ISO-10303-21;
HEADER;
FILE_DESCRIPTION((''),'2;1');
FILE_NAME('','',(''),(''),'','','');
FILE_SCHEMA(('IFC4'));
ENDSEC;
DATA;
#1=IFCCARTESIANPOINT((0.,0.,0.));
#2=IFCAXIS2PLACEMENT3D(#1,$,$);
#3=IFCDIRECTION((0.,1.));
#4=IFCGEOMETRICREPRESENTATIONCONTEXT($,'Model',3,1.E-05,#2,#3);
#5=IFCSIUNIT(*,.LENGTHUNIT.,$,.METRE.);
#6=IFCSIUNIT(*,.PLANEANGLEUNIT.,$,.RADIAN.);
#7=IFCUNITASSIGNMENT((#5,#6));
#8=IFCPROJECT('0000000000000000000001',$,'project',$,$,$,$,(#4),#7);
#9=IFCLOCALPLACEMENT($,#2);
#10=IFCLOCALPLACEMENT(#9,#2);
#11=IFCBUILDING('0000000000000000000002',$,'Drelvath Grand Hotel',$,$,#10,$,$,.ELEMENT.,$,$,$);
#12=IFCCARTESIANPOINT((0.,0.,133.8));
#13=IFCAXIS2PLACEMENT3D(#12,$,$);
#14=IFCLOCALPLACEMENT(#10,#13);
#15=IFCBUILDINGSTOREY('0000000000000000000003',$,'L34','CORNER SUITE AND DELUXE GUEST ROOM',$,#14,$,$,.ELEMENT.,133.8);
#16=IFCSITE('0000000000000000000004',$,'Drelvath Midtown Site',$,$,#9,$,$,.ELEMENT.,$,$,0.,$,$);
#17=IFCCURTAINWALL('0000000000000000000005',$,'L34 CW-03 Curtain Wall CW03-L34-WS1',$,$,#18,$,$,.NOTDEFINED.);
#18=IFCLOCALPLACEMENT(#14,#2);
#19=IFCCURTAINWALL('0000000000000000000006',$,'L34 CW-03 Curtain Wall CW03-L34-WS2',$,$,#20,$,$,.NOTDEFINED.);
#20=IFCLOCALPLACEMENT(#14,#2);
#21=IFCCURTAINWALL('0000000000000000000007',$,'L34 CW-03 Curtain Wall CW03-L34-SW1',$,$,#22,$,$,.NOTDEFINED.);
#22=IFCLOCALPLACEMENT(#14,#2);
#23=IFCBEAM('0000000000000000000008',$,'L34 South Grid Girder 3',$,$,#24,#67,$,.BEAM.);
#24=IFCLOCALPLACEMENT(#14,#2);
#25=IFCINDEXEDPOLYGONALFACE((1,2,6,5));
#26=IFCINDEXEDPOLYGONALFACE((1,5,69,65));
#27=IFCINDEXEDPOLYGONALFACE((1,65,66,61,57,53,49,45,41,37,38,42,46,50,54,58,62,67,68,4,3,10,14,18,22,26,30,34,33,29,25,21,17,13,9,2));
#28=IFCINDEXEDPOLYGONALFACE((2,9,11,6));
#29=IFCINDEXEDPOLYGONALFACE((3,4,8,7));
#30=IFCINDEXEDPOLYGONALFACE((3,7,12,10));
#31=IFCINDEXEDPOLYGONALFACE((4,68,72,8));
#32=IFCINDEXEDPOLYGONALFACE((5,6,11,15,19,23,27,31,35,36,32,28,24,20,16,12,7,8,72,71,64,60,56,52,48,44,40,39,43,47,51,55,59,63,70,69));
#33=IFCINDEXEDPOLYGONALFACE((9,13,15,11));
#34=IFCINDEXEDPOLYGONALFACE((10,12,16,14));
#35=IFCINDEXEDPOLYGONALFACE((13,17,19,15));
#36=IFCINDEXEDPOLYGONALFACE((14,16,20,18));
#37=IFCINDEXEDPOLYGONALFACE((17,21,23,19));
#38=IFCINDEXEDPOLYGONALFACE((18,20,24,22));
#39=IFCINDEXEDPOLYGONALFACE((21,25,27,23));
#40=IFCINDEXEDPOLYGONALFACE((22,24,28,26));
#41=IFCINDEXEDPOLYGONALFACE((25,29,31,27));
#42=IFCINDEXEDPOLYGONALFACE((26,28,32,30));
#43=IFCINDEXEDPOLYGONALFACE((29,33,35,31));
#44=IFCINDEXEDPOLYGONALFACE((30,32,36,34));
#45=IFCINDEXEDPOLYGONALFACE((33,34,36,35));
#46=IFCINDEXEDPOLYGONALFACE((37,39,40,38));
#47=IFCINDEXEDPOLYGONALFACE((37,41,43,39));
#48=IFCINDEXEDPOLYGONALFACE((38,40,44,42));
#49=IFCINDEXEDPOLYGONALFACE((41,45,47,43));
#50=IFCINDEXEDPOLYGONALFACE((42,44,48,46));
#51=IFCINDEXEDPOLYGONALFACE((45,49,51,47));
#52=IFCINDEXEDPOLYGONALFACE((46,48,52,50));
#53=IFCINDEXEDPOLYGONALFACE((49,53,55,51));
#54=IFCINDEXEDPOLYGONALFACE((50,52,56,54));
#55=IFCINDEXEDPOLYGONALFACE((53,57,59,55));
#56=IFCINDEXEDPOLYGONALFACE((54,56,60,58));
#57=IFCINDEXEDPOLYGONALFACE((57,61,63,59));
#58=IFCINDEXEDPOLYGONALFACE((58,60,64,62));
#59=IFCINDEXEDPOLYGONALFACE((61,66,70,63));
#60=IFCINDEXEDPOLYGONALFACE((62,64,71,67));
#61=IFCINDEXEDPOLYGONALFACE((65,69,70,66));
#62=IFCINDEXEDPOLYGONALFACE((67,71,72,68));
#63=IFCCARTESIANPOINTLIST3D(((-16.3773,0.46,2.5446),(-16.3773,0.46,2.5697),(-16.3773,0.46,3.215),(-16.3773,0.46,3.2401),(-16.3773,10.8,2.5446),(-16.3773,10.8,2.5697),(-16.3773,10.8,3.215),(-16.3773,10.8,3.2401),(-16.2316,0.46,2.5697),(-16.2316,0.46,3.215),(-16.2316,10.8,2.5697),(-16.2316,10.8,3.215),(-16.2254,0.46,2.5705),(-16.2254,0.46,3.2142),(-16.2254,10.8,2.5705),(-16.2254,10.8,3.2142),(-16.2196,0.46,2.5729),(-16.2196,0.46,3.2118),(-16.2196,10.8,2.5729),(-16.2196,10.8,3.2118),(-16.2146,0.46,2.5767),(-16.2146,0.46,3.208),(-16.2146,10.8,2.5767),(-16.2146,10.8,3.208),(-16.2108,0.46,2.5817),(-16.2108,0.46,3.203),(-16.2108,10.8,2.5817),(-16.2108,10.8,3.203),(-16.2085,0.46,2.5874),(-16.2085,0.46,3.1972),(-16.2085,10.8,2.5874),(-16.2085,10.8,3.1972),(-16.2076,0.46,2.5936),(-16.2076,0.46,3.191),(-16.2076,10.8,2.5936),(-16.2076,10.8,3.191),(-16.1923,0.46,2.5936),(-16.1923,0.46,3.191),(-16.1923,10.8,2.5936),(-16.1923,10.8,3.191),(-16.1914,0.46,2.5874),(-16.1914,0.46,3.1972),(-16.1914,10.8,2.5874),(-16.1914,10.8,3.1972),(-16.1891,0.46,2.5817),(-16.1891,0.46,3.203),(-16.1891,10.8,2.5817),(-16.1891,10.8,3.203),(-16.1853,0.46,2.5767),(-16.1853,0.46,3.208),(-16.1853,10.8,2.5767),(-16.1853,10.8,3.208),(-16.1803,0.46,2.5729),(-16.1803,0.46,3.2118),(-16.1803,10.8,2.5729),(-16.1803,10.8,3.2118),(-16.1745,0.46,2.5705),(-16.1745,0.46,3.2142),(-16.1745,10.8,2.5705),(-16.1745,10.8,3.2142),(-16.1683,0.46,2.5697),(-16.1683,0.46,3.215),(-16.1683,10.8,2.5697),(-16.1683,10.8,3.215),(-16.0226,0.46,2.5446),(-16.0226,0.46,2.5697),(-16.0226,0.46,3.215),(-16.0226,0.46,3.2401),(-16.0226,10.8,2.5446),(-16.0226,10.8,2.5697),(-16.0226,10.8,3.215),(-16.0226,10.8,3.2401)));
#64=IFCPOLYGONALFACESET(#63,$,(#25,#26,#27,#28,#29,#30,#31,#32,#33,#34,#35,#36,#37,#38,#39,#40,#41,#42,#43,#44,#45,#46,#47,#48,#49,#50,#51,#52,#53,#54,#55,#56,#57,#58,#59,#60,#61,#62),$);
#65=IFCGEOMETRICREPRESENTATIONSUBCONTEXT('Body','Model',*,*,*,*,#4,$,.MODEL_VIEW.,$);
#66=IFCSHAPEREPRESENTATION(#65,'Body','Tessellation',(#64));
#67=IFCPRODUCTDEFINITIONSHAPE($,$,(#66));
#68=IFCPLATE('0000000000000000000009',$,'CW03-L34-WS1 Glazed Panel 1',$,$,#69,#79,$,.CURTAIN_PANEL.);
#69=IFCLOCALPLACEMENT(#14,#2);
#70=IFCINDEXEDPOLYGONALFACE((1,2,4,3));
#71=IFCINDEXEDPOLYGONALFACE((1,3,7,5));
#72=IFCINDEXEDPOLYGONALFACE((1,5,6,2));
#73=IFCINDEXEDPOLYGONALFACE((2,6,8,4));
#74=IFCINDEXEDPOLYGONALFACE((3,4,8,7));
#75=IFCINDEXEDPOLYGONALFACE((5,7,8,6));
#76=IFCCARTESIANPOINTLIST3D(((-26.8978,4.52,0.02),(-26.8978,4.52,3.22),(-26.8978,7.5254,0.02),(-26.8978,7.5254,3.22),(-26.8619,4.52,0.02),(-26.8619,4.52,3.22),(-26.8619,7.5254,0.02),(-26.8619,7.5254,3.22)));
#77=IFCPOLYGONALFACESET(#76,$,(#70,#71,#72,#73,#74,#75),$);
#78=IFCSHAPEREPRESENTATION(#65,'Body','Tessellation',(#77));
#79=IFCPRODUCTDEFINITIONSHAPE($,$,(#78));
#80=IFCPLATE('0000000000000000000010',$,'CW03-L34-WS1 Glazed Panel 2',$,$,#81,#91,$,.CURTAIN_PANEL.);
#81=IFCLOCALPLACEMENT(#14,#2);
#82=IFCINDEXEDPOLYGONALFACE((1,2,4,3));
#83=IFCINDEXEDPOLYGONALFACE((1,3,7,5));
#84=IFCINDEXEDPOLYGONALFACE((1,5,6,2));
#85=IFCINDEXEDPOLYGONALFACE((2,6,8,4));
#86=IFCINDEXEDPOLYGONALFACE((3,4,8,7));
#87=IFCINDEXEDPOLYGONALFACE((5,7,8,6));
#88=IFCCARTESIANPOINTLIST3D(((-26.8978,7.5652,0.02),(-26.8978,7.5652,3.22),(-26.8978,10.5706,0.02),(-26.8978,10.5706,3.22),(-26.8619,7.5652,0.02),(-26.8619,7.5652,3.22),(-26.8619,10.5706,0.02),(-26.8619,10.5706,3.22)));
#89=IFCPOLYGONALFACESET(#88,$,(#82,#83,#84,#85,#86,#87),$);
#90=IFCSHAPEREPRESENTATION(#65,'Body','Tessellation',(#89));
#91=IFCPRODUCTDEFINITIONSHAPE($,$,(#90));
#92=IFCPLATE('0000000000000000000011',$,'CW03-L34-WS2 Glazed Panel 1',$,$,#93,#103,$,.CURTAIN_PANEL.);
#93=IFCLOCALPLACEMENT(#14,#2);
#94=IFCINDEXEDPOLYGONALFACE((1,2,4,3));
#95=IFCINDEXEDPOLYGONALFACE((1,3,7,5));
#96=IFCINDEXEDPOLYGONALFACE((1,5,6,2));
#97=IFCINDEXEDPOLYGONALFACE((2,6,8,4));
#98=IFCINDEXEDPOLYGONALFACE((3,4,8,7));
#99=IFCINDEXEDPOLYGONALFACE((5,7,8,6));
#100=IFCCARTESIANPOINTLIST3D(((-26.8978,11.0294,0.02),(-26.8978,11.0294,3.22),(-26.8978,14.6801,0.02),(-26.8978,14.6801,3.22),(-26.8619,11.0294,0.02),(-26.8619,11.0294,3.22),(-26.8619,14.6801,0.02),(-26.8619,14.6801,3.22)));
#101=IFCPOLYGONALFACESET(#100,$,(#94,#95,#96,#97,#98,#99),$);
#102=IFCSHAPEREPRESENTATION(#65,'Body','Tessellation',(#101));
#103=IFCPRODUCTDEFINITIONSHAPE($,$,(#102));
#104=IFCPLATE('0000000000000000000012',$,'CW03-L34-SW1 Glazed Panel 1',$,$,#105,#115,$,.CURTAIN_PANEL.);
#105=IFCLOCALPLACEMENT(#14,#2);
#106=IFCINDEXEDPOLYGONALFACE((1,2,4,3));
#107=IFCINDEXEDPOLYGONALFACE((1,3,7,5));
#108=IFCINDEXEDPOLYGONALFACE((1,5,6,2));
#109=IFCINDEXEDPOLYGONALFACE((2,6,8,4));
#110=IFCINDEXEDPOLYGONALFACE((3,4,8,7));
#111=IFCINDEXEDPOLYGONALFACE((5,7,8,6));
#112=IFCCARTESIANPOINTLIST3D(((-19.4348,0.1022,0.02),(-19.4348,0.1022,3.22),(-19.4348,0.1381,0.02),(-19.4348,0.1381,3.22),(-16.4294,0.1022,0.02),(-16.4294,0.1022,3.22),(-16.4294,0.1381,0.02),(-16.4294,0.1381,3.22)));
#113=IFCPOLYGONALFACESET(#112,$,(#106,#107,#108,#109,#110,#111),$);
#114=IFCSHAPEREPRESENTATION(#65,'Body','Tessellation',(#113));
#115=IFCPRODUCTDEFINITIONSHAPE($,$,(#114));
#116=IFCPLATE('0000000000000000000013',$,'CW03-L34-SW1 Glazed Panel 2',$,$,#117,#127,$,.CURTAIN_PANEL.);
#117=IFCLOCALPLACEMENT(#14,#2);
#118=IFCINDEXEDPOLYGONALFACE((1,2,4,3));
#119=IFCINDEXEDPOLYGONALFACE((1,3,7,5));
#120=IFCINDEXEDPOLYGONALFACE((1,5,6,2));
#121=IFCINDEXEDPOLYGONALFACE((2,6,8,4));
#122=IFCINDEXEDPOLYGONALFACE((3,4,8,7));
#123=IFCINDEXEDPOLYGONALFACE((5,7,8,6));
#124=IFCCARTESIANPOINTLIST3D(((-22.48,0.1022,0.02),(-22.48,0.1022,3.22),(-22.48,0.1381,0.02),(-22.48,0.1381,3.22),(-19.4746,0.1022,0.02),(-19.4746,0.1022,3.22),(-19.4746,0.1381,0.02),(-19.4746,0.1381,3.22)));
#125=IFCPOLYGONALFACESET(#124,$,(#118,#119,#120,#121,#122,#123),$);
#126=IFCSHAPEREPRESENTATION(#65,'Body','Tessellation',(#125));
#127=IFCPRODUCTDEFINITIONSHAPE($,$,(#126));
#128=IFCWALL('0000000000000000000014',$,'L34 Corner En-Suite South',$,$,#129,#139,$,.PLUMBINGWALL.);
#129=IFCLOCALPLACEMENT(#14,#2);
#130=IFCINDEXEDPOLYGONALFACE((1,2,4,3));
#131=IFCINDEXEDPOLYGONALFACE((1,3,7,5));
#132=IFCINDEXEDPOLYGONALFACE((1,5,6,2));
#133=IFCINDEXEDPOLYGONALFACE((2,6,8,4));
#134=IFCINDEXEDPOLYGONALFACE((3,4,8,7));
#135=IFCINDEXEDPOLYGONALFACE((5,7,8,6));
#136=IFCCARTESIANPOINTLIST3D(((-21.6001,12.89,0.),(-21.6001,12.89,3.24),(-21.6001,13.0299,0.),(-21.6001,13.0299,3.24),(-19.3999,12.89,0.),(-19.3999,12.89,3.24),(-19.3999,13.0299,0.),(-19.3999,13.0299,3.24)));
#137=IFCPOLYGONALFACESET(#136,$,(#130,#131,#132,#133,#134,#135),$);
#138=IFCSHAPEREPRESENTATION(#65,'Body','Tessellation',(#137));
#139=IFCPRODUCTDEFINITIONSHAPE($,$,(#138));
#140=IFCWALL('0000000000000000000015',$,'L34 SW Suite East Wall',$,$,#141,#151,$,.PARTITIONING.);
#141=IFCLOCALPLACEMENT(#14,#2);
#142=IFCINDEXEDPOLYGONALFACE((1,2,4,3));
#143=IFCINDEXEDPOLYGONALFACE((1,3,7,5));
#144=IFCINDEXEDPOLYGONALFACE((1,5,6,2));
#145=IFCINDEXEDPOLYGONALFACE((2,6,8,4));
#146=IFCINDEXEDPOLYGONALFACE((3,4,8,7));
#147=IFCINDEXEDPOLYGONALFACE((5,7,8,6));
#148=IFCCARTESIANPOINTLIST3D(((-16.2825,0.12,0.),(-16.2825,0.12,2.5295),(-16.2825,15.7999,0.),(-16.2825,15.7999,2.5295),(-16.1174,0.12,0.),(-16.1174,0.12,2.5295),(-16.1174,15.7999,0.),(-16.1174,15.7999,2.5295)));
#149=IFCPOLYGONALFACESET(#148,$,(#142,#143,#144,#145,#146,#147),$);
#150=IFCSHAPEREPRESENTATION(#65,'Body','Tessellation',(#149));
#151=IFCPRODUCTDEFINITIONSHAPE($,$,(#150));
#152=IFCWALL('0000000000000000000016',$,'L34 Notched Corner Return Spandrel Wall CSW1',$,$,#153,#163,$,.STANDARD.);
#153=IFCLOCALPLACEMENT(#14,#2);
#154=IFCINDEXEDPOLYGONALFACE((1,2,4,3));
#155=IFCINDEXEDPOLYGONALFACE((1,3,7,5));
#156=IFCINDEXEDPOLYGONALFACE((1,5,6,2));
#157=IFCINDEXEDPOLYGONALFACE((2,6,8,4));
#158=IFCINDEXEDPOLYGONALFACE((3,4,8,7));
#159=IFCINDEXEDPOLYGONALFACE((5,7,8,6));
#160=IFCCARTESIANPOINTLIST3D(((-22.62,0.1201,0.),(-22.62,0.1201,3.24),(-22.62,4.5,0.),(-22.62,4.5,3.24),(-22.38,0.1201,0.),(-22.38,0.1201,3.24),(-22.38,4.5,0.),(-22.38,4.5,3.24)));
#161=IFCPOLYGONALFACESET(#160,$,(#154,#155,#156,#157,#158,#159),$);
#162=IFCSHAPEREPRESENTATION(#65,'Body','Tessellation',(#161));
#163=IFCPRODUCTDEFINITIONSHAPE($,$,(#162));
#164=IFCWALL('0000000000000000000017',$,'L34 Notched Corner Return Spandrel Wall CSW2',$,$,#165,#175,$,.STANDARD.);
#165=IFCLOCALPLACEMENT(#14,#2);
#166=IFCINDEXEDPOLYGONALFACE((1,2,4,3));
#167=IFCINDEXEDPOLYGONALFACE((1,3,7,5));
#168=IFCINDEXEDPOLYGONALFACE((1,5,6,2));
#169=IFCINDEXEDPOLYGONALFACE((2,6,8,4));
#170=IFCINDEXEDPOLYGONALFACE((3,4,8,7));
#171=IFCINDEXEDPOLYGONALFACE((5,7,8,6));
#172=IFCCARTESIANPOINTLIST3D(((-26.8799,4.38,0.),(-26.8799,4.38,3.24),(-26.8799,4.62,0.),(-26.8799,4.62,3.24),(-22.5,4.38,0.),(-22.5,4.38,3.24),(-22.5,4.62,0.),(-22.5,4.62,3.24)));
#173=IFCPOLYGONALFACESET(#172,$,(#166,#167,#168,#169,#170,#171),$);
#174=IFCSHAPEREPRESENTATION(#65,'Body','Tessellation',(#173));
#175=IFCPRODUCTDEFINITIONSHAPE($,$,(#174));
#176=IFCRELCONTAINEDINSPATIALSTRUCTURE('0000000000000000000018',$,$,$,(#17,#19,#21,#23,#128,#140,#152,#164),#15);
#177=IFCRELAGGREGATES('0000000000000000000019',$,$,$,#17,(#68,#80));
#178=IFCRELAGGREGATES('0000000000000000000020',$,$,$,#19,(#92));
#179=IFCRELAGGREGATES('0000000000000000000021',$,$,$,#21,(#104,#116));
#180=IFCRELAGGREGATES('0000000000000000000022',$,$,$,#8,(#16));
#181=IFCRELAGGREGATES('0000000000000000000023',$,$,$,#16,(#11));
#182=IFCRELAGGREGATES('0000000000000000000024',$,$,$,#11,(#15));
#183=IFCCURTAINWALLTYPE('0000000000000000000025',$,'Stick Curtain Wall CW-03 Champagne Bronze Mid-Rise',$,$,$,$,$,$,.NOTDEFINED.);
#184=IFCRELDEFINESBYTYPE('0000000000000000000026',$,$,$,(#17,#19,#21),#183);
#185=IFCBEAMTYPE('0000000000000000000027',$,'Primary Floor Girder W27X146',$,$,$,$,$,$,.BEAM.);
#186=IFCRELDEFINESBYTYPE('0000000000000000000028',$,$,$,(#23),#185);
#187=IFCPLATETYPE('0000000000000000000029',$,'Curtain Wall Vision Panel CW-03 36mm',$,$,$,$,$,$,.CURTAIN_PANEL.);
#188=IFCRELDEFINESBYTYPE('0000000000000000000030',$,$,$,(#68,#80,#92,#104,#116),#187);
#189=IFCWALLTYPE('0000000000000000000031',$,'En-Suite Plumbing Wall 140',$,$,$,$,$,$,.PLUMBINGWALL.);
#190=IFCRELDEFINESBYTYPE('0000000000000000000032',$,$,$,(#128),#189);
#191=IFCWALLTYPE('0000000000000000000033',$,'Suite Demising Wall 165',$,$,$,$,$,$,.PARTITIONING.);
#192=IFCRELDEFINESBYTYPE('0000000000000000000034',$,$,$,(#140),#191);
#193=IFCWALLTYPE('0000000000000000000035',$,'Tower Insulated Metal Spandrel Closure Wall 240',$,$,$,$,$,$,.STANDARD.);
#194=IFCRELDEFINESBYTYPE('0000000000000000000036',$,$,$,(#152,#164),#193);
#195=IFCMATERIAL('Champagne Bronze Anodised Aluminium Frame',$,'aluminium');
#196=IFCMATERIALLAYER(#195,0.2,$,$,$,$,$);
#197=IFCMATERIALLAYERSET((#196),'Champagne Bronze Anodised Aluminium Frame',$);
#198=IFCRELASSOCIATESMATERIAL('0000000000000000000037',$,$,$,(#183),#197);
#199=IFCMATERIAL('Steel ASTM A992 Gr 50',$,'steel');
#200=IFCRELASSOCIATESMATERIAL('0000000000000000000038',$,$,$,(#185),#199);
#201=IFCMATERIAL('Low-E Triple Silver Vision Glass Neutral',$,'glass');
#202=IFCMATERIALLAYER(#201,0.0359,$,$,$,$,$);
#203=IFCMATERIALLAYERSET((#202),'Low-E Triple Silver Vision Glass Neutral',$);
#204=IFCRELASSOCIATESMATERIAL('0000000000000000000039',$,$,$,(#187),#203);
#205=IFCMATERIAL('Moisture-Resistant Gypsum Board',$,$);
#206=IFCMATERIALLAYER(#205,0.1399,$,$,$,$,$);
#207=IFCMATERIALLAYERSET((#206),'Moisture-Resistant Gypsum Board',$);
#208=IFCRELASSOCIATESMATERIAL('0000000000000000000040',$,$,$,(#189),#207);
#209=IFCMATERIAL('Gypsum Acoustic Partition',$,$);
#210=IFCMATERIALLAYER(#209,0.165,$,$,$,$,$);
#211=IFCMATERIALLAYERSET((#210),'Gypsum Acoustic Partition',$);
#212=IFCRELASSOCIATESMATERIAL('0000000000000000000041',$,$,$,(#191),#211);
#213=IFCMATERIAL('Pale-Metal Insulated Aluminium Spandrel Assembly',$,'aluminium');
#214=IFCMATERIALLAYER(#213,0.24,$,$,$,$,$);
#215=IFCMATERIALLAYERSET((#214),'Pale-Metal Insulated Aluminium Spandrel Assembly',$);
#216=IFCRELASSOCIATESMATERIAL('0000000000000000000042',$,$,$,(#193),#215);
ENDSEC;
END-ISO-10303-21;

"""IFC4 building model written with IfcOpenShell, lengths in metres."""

from ifc_helpers import new_model, si_unit, direction, frame, frame_2d, origin, origin_2d, place, context, subcontext, project, spatial, rectangle, i_section, extrude, material, layer, layer_set, material_profile, profile_set, type_object, element, aggregate, save


model = new_model("IFC4")

# Units and contexts
model_context = context("Model", 3, precision=1e-05, world=origin(), true_north=direction((0.0, 1.0)))
body_context = subcontext(model_context, "Body", "Model", "MODEL_VIEW")
ifc_project = project(units=[si_unit("LENGTHUNIT", "METRE"), si_unit("PLANEANGLEUNIT", "RADIAN")], contexts=[model_context])

# Site, building, storey
site_placement = place(None, origin())
site = spatial("IfcSite", under=ifc_project, at=site_placement, Name="Drelvath Midtown Site", CompositionType="ELEMENT", RefElevation=0.0)
building_placement = place(site_placement, origin())
building = spatial("IfcBuilding", under=site, at=building_placement, Name="Drelvath Grand Hotel", CompositionType="ELEMENT")
storey_placement = place(building_placement, frame((0.0, 0.0, 133.8)))
storey = spatial("IfcBuildingStorey", under=building, at=storey_placement, Name="L34", Description="CORNER SUITE AND DELUXE GUEST ROOM", CompositionType="ELEMENT", Elevation=133.8)

# Curtain walls
ifc_material_1 = material(Name="Champagne Bronze Anodised Aluminium Frame", Category="aluminium")
ifc_layer_1 = layer(ifc_material_1, 0.2)
ifc_layer_set_1 = layer_set([ifc_layer_1], Name="Champagne Bronze Anodised Aluminium Frame")
curtain_wall_type = type_object("IfcCurtainWallType", Name="Stick Curtain Wall CW-03 Champagne Bronze Mid-Rise", PredefinedType="NOTDEFINED", material=ifc_layer_set_1)
curtain_wall_1_placement = place(storey_placement, origin())
curtain_wall_1 = element("IfcCurtainWall", 1, at=curtain_wall_1_placement, inside=storey, type_object=curtain_wall_type, Name="L34 CW-03 Curtain Wall CW03-L34-WS1", PredefinedType="NOTDEFINED")
curtain_wall_2_placement = place(storey_placement, origin())
curtain_wall_2 = element("IfcCurtainWall", 2, at=curtain_wall_2_placement, inside=storey, type_object=curtain_wall_type, Name="L34 CW-03 Curtain Wall CW03-L34-WS2", PredefinedType="NOTDEFINED")
curtain_wall_3_placement = place(storey_placement, origin())
curtain_wall_3 = element("IfcCurtainWall", 3, at=curtain_wall_3_placement, inside=storey, type_object=curtain_wall_type, Name="L34 CW-03 Curtain Wall CW03-L34-SW1", PredefinedType="NOTDEFINED")

# Beam
ifc_material_2 = material(Name="Steel ASTM A992 Gr 50", Category="steel")
ifc_material_profile_1 = material_profile(ifc_material_2, i_section(OverallWidth=0.3547, OverallDepth=0.6956, WebThickness=0.0154, FlangeThickness=0.0251, FilletRadius=0.0239, at=origin_2d()), Name="W27X146")
ifc_profile_set_1 = profile_set([ifc_material_profile_1], Name="Steel ASTM A992 Gr 50")
beam_type_1 = type_object("IfcBeamType", Name="Primary Floor Girder W27X146", PredefinedType="BEAM", material=ifc_profile_set_1)
for number, where, z_axis, x_axis, name in (
    (4, (-16.2, 0.46, 2.8923), (0.0, 1.0, 0.0), (-1.0, 0.0, 0.0), "L34 South Grid Girder 3"),
):
    element("IfcBeam", number, at=place(storey_placement, frame(where, z_axis=z_axis, x_axis=x_axis)), inside=storey, type_object=beam_type_1, Name=name, PredefinedType="BEAM", context=body_context, shape_type="SweptSolid", body=[
        extrude(i_section(OverallWidth=0.3547, OverallDepth=0.6956, WebThickness=0.0154, FlangeThickness=0.0251, FilletRadius=0.0239, at=origin_2d()), origin(), (0.0, 0.0, 1.0), 10.3401),
    ])

# Plates
ifc_material_3 = material(Name="Low-E Triple Silver Vision Glass Neutral", Category="glass")
ifc_layer_2 = layer(ifc_material_3, 0.0359)
ifc_layer_set_2 = layer_set([ifc_layer_2], Name="Low-E Triple Silver Vision Glass Neutral")
plate_type = type_object("IfcPlateType", Name="Curtain Wall Vision Panel CW-03 36mm", PredefinedType="CURTAIN_PANEL", material=ifc_layer_set_2)
plate_1_placement = place(storey_placement, frame((-26.8799, 6.0227, 0.02), z_axis=(0.0, 0.0, 1.0), x_axis=(0.0, 1.0, 0.0)))
plate_1 = element("IfcPlate", 5, at=plate_1_placement, type_object=plate_type, Name="CW03-L34-WS1 Glazed Panel 1", PredefinedType="CURTAIN_PANEL", context=body_context, shape_type="SweptSolid", body=[
    extrude(rectangle(XDim=3.0054, YDim=0.0359, at=origin_2d()), origin(), (0.0, 0.0, 1.0), 3.2),
])
plate_2_placement = place(storey_placement, frame((-26.8799, 9.0679, 0.02), z_axis=(0.0, 0.0, 1.0), x_axis=(0.0, 1.0, 0.0)))
plate_2 = element("IfcPlate", 6, at=plate_2_placement, type_object=plate_type, Name="CW03-L34-WS1 Glazed Panel 2", PredefinedType="CURTAIN_PANEL", context=body_context, shape_type="SweptSolid", body=[
    extrude(rectangle(XDim=3.0054, YDim=0.0359, at=origin_2d()), origin(), (0.0, 0.0, 1.0), 3.2),
])
aggregate(curtain_wall_1, [plate_1, plate_2])
plate_3_placement = place(storey_placement, frame((-26.8799, 12.8547, 0.02), z_axis=(0.0, 0.0, 1.0), x_axis=(0.0, 1.0, 0.0)))
plate_3 = element("IfcPlate", 7, at=plate_3_placement, type_object=plate_type, Name="CW03-L34-WS2 Glazed Panel 1", PredefinedType="CURTAIN_PANEL", context=body_context, shape_type="SweptSolid", body=[
    extrude(rectangle(XDim=3.6506, YDim=0.0359, at=origin_2d()), origin(), (0.0, 0.0, 1.0), 3.2),
])
aggregate(curtain_wall_2, [plate_3])
plate_4_placement = place(storey_placement, frame((-17.9321, 0.1201, 0.02), z_axis=(0.0, 0.0, 1.0), x_axis=(-1.0, 0.0, 0.0)))
plate_4 = element("IfcPlate", 8, at=plate_4_placement, type_object=plate_type, Name="CW03-L34-SW1 Glazed Panel 1", PredefinedType="CURTAIN_PANEL", context=body_context, shape_type="SweptSolid", body=[
    extrude(rectangle(XDim=3.0054, YDim=0.0359, at=origin_2d()), origin(), (0.0, 0.0, 1.0), 3.2),
])
plate_5_placement = place(storey_placement, frame((-20.9773, 0.1201, 0.02), z_axis=(0.0, 0.0, 1.0), x_axis=(-1.0, 0.0, 0.0)))
plate_5 = element("IfcPlate", 9, at=plate_5_placement, type_object=plate_type, Name="CW03-L34-SW1 Glazed Panel 2", PredefinedType="CURTAIN_PANEL", context=body_context, shape_type="SweptSolid", body=[
    extrude(rectangle(XDim=3.0054, YDim=0.0359, at=origin_2d()), origin(), (0.0, 0.0, 1.0), 3.2),
])
aggregate(curtain_wall_3, [plate_4, plate_5])

# Walls
ifc_material_4 = material(Name="Moisture-Resistant Gypsum Board")
ifc_layer_3 = layer(ifc_material_4, 0.1399)
ifc_layer_set_3 = layer_set([ifc_layer_3], Name="Moisture-Resistant Gypsum Board")
wall_type_1 = type_object("IfcWallType", Name="En-Suite Plumbing Wall 140", PredefinedType="PLUMBINGWALL", material=ifc_layer_set_3)
wall_1_placement = place(storey_placement, frame((-21.6001, 12.96, 0.0), z_axis=(0.0, 0.0, 1.0), x_axis=(1.0, 0.0, 0.0)))
element("IfcWall", 10, at=wall_1_placement, inside=storey, type_object=wall_type_1, Name="L34 Corner En-Suite South", PredefinedType="PLUMBINGWALL", context=body_context, shape_type="SweptSolid", body=[
    extrude(rectangle(XDim=2.2002, YDim=0.1399, at=frame_2d((1.1001, 0.0))), origin(), (0.0, 0.0, 1.0), 3.24),
])
ifc_material_5 = material(Name="Gypsum Acoustic Partition")
ifc_layer_4 = layer(ifc_material_5, 0.165)
ifc_layer_set_4 = layer_set([ifc_layer_4], Name="Gypsum Acoustic Partition")
wall_type_2 = type_object("IfcWallType", Name="Suite Demising Wall 165", PredefinedType="PARTITIONING", material=ifc_layer_set_4)
wall_2_placement = place(storey_placement, frame((-16.2, 0.1201, 0.0), z_axis=(0.0, 0.0, 1.0), x_axis=(0.0, 1.0, 0.0)))
element("IfcWall", 11, at=wall_2_placement, inside=storey, type_object=wall_type_2, Name="L34 SW Suite East Wall", PredefinedType="PARTITIONING", context=body_context, shape_type="SweptSolid", body=[
    extrude(rectangle(XDim=15.6799, YDim=0.165, at=frame_2d((7.8398, 0.0))), origin(), (0.0, 0.0, 1.0), 2.5295),
])
ifc_material_6 = material(Name="Pale-Metal Insulated Aluminium Spandrel Assembly", Category="aluminium")
ifc_layer_5 = layer(ifc_material_6, 0.24)
ifc_layer_set_5 = layer_set([ifc_layer_5], Name="Pale-Metal Insulated Aluminium Spandrel Assembly")
wall_type_3 = type_object("IfcWallType", Name="Tower Insulated Metal Spandrel Closure Wall 240", PredefinedType="STANDARD", material=ifc_layer_set_5)
for number, where, z_axis, x_axis, name in (
    (12, (-22.5, 0.1201, 0.0), (0.0, 0.0, 1.0), (0.0, 1.0, 0.0), "L34 Notched Corner Return Spandrel Wall CSW1"),
    (13, (-22.5, 4.5, 0.0), (0.0, 0.0, 1.0), (-1.0, 0.0, 0.0), "L34 Notched Corner Return Spandrel Wall CSW2"),
):
    element("IfcWall", number, at=place(storey_placement, frame(where, z_axis=z_axis, x_axis=x_axis)), inside=storey, type_object=wall_type_3, Name=name, PredefinedType="STANDARD", context=body_context, shape_type="SweptSolid", body=[
        extrude(rectangle(XDim=4.3799, YDim=0.24, at=frame_2d((2.1899, 0.0))), origin(), (0.0, 0.0, 1.0), 3.24),
    ])

save(model, "model.ifc")
